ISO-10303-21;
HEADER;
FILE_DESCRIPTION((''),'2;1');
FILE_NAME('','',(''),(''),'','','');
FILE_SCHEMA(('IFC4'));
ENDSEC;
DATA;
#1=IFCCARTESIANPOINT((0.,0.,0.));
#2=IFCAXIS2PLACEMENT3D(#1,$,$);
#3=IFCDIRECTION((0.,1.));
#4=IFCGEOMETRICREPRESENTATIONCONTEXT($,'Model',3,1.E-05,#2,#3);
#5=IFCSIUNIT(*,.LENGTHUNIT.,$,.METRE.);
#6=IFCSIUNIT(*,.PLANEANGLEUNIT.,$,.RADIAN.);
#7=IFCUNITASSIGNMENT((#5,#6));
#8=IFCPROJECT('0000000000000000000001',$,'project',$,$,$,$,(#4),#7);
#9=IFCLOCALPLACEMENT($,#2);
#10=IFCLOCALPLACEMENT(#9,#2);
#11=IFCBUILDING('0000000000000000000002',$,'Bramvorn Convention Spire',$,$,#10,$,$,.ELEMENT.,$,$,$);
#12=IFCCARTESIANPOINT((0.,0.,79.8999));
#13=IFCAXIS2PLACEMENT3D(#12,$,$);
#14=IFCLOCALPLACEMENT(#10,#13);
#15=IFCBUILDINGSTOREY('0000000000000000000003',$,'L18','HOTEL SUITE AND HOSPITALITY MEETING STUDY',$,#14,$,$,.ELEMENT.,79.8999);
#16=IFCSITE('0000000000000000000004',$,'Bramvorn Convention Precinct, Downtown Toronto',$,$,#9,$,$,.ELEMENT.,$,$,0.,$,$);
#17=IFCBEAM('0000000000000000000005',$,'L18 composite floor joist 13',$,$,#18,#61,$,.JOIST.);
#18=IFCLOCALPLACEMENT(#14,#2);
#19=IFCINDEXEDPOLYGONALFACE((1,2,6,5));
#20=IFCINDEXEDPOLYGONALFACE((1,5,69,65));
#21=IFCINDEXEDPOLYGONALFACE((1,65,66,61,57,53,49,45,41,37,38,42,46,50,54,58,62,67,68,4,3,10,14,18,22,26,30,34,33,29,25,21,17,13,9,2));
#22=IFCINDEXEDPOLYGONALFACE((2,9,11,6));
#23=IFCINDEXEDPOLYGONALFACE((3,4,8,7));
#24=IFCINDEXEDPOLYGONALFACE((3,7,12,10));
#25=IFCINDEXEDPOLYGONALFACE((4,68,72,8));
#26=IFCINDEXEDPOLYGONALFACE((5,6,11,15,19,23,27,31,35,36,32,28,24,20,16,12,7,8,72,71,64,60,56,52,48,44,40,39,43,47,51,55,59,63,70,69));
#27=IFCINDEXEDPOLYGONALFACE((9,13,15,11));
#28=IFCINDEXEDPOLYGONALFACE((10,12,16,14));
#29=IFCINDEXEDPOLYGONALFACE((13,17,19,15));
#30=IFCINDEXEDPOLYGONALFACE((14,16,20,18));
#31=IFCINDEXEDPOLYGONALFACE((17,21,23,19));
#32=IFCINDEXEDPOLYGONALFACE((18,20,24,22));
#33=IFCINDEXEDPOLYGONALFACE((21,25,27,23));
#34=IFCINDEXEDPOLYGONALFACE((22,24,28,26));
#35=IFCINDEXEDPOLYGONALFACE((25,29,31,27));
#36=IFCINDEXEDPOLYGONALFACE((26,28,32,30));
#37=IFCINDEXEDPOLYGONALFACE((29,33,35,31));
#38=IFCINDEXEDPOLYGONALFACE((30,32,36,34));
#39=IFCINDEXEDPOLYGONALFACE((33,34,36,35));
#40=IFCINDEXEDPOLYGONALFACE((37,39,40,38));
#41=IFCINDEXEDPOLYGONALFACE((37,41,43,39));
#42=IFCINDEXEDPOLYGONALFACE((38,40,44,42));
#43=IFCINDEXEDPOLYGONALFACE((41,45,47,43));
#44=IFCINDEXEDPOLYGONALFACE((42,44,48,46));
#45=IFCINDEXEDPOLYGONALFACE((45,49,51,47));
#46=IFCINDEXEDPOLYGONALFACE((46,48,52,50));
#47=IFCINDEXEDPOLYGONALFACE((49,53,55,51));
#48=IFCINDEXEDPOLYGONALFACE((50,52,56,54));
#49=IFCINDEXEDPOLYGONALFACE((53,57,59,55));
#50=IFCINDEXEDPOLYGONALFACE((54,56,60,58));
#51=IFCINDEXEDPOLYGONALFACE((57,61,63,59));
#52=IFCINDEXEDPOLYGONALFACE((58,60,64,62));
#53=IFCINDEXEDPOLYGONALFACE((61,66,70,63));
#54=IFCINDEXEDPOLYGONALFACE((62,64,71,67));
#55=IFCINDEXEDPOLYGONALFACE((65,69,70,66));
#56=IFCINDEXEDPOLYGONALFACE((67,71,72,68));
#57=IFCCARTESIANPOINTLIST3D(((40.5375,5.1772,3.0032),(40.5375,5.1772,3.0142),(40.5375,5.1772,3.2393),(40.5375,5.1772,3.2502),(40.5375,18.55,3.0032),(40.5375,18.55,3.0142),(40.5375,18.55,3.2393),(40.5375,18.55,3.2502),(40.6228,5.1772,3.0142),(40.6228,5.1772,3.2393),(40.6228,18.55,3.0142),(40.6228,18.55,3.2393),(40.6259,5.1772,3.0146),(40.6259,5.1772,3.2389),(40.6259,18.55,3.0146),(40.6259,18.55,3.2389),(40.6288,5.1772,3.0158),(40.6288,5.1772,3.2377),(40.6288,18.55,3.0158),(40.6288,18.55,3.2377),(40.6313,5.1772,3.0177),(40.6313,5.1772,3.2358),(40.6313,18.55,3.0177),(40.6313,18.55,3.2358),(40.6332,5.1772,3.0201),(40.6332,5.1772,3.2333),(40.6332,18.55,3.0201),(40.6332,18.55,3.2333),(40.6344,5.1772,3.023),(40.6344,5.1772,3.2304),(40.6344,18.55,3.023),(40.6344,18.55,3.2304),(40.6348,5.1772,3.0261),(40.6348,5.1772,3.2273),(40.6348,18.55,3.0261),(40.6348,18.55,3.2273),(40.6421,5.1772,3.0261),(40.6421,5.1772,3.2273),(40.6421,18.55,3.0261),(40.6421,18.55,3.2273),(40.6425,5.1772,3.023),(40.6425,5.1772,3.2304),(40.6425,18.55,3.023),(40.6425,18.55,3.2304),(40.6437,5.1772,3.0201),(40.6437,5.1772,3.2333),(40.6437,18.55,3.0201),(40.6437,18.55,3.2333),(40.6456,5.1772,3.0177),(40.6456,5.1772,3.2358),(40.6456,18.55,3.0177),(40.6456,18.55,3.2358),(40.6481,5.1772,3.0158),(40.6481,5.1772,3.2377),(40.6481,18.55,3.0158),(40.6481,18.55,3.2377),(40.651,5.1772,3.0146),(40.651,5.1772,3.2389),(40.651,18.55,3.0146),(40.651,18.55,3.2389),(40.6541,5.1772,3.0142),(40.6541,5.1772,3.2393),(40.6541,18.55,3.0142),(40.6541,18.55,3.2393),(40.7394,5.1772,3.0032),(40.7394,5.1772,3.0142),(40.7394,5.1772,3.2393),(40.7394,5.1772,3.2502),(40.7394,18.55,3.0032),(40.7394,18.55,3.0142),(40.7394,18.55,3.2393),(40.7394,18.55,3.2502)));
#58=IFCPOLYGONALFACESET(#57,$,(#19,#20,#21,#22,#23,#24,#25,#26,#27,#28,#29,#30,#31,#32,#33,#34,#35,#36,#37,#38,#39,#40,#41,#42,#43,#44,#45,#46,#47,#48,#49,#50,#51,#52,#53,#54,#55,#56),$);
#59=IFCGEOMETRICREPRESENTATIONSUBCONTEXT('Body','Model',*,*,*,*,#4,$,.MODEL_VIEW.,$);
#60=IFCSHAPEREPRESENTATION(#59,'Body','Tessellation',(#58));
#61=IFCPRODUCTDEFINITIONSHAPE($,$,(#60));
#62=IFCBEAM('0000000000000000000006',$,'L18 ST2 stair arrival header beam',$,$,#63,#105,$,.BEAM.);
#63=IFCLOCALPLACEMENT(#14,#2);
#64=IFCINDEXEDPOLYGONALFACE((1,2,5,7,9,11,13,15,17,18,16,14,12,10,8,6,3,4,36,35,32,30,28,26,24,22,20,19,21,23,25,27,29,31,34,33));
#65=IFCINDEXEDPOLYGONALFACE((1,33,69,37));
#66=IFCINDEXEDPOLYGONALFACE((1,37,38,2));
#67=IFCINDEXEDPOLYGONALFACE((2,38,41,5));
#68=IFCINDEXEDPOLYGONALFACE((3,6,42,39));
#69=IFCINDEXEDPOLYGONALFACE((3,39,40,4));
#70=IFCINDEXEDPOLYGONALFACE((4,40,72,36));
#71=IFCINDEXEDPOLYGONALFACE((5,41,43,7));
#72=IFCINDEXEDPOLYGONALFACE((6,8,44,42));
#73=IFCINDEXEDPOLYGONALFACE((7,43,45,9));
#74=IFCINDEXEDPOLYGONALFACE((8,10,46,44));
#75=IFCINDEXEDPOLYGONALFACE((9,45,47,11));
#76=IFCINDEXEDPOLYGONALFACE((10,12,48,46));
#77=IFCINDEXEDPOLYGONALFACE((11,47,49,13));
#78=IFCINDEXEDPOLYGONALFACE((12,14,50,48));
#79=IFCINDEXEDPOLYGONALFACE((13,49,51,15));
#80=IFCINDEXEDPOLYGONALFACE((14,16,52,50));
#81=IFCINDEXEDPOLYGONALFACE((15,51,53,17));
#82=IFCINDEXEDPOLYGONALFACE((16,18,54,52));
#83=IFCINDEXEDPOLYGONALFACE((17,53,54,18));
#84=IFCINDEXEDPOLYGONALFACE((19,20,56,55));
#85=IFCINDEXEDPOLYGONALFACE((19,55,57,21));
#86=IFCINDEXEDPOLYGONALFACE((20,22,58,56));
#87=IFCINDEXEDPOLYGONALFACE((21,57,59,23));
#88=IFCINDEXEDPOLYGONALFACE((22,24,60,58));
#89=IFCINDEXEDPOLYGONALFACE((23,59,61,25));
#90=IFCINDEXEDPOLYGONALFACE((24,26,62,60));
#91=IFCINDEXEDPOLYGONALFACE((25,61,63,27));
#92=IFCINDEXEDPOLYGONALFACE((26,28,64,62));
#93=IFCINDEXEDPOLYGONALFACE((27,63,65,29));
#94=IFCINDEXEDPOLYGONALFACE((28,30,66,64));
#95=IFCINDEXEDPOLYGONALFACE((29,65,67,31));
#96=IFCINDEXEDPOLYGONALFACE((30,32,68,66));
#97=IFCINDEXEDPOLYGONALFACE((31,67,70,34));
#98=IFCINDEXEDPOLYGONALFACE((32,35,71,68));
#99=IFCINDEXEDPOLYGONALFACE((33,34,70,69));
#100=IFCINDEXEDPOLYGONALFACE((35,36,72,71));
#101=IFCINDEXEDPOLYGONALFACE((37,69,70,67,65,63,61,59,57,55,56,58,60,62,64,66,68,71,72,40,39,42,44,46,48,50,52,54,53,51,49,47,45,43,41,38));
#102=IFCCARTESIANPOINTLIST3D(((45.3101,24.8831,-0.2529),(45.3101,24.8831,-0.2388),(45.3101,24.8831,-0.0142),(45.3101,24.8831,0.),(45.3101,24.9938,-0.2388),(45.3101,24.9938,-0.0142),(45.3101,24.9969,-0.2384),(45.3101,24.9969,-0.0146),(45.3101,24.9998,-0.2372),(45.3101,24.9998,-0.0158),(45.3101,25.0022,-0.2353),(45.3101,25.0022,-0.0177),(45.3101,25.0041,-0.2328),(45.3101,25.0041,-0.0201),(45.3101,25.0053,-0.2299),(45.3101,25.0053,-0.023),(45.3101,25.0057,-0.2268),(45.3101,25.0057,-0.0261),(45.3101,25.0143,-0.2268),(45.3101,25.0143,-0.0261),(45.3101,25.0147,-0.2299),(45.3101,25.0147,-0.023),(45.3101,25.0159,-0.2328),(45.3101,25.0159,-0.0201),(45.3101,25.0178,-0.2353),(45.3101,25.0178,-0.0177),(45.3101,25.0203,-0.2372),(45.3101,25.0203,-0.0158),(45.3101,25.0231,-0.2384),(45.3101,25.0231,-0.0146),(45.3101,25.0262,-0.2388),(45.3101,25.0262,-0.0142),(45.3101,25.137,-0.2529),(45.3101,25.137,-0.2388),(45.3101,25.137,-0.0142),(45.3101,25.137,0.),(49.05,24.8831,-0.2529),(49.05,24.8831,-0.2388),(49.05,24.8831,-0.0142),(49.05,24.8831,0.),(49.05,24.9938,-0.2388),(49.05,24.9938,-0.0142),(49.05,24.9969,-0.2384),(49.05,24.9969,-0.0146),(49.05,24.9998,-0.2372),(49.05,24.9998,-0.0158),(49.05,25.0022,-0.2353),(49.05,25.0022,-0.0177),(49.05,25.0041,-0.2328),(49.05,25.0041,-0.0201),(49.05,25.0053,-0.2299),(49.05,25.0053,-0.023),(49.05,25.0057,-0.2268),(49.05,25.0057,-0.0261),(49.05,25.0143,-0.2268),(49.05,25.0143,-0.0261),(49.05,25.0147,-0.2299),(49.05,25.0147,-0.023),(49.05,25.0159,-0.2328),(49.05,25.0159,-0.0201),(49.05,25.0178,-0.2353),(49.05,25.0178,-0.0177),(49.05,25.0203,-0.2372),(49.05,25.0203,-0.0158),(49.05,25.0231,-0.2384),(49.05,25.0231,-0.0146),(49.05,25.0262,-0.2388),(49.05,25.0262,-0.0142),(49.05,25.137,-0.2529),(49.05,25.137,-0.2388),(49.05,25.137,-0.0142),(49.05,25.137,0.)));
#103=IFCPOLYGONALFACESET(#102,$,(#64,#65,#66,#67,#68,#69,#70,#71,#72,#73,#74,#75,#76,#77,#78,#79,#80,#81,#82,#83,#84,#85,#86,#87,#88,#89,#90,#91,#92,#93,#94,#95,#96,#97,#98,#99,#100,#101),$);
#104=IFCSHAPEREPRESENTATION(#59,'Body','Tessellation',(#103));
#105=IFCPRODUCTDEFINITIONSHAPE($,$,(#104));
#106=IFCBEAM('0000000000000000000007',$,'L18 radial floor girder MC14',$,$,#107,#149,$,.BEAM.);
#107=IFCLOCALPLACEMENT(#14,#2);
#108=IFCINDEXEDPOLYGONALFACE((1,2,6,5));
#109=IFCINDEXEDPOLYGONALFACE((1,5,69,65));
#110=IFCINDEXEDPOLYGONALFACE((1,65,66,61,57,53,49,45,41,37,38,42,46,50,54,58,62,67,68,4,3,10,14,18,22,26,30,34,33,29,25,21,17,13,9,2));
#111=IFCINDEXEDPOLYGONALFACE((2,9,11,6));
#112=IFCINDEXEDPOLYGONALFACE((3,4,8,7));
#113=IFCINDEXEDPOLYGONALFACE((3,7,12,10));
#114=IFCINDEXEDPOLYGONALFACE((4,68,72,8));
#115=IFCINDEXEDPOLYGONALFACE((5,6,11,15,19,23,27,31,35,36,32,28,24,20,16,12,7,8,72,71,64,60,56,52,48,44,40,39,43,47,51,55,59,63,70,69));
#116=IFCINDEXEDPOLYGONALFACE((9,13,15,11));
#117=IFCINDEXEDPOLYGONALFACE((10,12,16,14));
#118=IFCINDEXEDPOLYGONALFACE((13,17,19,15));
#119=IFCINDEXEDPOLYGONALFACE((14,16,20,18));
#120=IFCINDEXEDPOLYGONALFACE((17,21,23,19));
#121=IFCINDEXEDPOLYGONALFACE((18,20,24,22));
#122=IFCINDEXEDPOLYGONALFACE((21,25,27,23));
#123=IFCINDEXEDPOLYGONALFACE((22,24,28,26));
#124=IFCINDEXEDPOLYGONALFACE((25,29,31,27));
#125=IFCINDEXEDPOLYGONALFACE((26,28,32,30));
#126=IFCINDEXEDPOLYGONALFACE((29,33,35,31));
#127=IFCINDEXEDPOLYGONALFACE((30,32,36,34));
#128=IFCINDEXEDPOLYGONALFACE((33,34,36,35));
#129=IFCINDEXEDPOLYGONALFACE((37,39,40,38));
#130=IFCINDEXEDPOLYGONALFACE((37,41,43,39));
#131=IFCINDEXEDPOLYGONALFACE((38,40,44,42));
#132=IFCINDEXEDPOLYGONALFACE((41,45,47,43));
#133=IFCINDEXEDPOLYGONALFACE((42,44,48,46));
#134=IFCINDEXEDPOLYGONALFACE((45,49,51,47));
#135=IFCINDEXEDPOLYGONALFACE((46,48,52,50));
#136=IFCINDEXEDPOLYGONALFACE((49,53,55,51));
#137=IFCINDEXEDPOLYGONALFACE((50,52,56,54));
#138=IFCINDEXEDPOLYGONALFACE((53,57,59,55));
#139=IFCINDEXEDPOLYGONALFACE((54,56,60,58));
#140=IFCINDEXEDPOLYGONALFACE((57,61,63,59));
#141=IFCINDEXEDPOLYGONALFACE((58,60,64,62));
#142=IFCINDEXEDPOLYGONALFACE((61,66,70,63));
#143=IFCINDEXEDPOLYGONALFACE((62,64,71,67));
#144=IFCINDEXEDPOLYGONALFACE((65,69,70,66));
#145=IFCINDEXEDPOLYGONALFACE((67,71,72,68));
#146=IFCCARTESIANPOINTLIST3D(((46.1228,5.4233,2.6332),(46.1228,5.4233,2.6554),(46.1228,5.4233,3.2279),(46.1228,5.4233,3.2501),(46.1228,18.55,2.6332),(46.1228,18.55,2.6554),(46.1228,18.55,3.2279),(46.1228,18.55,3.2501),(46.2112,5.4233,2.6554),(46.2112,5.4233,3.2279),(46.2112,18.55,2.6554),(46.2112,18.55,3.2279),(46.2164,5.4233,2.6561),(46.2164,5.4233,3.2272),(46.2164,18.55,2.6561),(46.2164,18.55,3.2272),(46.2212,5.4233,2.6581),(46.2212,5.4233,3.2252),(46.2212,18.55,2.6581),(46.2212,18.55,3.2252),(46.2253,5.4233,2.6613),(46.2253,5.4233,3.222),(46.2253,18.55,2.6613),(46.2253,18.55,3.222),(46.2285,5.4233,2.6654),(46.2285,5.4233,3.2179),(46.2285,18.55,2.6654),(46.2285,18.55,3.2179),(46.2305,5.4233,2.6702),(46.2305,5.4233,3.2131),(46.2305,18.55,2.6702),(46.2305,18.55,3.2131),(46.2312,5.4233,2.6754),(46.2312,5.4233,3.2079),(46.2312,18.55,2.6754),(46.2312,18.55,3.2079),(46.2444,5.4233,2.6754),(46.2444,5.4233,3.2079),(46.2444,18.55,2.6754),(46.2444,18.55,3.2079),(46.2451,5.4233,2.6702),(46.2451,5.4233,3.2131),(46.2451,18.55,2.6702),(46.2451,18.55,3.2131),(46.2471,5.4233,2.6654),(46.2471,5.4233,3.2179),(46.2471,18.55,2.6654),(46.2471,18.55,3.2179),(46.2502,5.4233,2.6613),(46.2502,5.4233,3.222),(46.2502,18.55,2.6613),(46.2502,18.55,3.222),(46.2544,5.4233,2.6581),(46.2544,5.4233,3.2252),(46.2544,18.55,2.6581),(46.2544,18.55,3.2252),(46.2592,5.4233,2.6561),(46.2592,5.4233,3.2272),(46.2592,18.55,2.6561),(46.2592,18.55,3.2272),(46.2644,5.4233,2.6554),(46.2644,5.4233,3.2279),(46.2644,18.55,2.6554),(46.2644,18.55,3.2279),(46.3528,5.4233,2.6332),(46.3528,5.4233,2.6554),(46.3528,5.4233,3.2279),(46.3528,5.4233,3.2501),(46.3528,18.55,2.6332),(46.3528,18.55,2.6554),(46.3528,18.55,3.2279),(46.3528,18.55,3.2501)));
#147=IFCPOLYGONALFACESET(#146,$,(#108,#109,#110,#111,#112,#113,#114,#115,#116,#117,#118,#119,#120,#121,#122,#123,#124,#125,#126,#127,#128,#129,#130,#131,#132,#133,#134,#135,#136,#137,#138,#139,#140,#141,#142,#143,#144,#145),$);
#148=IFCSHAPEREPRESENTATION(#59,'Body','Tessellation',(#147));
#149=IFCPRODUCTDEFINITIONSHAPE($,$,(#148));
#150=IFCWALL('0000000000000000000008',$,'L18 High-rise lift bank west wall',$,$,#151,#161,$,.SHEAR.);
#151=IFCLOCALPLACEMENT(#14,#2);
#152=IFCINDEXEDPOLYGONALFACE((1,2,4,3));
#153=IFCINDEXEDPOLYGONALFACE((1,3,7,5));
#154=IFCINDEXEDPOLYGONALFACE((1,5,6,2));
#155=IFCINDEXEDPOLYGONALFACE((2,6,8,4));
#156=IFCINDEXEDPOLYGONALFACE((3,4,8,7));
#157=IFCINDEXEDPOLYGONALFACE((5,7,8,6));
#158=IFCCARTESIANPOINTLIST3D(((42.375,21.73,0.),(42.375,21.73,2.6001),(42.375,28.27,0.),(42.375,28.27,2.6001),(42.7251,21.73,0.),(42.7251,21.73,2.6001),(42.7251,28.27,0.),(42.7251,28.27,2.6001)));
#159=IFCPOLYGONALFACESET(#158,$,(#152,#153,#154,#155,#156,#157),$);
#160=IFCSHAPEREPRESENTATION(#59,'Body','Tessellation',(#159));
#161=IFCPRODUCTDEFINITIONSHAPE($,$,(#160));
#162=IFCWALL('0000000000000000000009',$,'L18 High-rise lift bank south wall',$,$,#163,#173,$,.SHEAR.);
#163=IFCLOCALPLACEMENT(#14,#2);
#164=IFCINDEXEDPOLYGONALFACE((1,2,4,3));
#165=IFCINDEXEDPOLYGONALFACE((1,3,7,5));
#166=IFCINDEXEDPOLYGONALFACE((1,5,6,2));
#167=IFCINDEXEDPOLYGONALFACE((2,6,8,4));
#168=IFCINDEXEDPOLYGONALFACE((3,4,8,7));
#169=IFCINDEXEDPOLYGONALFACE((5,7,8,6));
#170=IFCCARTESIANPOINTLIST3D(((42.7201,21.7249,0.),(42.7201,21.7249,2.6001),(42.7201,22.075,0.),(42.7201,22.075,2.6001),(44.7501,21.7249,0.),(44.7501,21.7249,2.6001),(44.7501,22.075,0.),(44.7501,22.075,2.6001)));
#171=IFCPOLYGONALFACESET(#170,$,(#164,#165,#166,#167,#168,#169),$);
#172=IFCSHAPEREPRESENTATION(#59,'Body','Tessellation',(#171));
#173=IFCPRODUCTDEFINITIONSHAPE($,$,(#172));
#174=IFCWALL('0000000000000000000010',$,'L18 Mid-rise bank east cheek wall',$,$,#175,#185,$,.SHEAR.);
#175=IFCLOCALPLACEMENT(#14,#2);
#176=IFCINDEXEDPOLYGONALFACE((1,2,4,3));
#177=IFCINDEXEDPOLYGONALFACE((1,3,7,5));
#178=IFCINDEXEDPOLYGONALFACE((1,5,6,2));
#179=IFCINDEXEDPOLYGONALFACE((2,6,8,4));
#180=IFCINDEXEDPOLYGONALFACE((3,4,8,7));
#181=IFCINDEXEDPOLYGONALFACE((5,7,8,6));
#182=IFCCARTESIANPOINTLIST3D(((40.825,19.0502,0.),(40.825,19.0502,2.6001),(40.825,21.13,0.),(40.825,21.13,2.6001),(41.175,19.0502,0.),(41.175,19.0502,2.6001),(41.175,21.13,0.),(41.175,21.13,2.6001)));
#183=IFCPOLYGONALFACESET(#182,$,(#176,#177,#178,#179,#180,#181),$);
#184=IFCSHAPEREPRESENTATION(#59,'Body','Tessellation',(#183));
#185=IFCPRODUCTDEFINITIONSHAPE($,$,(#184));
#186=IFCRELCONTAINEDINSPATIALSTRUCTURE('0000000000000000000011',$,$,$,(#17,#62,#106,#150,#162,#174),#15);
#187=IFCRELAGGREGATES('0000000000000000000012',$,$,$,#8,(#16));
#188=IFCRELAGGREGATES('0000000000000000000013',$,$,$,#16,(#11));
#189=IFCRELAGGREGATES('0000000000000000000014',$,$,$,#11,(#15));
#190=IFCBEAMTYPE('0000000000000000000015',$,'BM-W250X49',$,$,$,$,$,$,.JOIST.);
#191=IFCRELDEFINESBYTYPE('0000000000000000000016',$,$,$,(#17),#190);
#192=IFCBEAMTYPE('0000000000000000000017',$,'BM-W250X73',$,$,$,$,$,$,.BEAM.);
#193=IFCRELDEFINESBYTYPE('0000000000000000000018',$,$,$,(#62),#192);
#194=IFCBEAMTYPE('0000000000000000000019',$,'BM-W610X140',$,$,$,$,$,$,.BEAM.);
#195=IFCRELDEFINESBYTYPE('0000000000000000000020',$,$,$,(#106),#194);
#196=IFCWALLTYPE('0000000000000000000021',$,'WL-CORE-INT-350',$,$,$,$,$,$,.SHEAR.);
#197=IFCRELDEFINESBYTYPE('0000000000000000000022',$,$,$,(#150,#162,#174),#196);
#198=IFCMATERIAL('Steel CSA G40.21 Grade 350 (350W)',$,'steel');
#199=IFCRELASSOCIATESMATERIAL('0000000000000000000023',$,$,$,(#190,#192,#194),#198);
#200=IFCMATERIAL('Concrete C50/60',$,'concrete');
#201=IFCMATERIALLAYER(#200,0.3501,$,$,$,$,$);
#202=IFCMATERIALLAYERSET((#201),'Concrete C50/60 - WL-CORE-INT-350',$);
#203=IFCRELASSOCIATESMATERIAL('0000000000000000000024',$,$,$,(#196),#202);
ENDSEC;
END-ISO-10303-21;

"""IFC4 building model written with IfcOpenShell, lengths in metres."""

from ifc_helpers import new_model, si_unit, direction, frame, frame_2d, origin, origin_2d, place, context, subcontext, project, spatial, rectangle, i_section, extrude, material, layer, layer_set, material_profile, profile_set, type_object, element, save


model = new_model("IFC4")

# Units and contexts
model_context = context("Model", 3, precision=1e-05, world=origin(), true_north=direction((0.0, 1.0)))
body_context = subcontext(model_context, "Body", "Model", "MODEL_VIEW")
ifc_project = project(units=[si_unit("LENGTHUNIT", "METRE"), si_unit("PLANEANGLEUNIT", "RADIAN")], contexts=[model_context])

# Site, building, storey
site_placement = place(None, origin())
site = spatial("IfcSite", under=ifc_project, at=site_placement, Name="Bramvorn Convention Precinct, Downtown Toronto", CompositionType="ELEMENT", RefElevation=0.0)
building_placement = place(site_placement, origin())
building = spatial("IfcBuilding", under=site, at=building_placement, Name="Bramvorn Convention Spire", CompositionType="ELEMENT")
storey_placement = place(building_placement, frame((0.0, 0.0, 79.8999)))
storey = spatial("IfcBuildingStorey", under=building, at=storey_placement, Name="L18", Description="HOTEL SUITE AND HOSPITALITY MEETING STUDY", CompositionType="ELEMENT", Elevation=79.8999)

# Beams
ifc_material_1 = material(Name="Steel CSA G40.21 Grade 350 (350W)", Category="steel")
ifc_material_profile_1 = material_profile(ifc_material_1, i_section(OverallWidth=0.2019, OverallDepth=0.2471, WebThickness=0.0073, FlangeThickness=0.011, FilletRadius=0.012, at=origin_2d()))
ifc_profile_set_1 = profile_set([ifc_material_profile_1], Name="Steel CSA G40.21 Grade 350 (350W) - W250X49")
beam_type_1 = type_object("IfcBeamType", Name="BM-W250X49", PredefinedType="JOIST", material=ifc_profile_set_1)
beam_1_placement = place(storey_placement, frame((40.6384, 18.55, 3.1267), z_axis=(0.0, -1.0, 0.0), x_axis=(1.0, 0.0, 0.0)))
element("IfcBeam", 1, at=beam_1_placement, inside=storey, type_object=beam_type_1, Name="L18 composite floor joist 13", PredefinedType="JOIST", context=body_context, shape_type="SweptSolid", body=[
    extrude(i_section(OverallWidth=0.2019, OverallDepth=0.2471, WebThickness=0.0073, FlangeThickness=0.011, FilletRadius=0.012, at=origin_2d()), origin(), (0.0, 0.0, 1.0), 13.3728),
])
ifc_material_profile_2 = material_profile(ifc_material_1, i_section(OverallWidth=0.2539, OverallDepth=0.2529, WebThickness=0.0085, FlangeThickness=0.0142, FilletRadius=0.012, at=origin_2d()))
ifc_profile_set_2 = profile_set([ifc_material_profile_2], Name="Steel CSA G40.21 Grade 350 (350W) - W250X73")
beam_type_2 = type_object("IfcBeamType", Name="BM-W250X73", PredefinedType="BEAM", material=ifc_profile_set_2)
beam_2_placement = place(storey_placement, frame((45.3101, 25.01, -0.1265), z_axis=(1.0, 0.0, 0.0), x_axis=(0.0, 1.0, 0.0)))
element("IfcBeam", 2, at=beam_2_placement, inside=storey, type_object=beam_type_2, Name="L18 ST2 stair arrival header beam", PredefinedType="BEAM", context=body_context, shape_type="SweptSolid", body=[
    extrude(i_section(OverallWidth=0.2539, OverallDepth=0.2529, WebThickness=0.0085, FlangeThickness=0.0142, FilletRadius=0.012, at=origin_2d()), origin(), (0.0, 0.0, 1.0), 3.74),
])
ifc_material_profile_3 = material_profile(ifc_material_1, i_section(OverallWidth=0.23, OverallDepth=0.6169, WebThickness=0.0132, FlangeThickness=0.0222, FilletRadius=0.02, at=origin_2d()))
ifc_profile_set_3 = profile_set([ifc_material_profile_3], Name="Steel CSA G40.21 Grade 350 (350W) - W610X140")
beam_type_3 = type_object("IfcBeamType", Name="BM-W610X140", PredefinedType="BEAM", material=ifc_profile_set_3)
beam_3_placement = place(storey_placement, frame((46.2378, 18.55, 2.9417), z_axis=(0.0, -1.0, 0.0), x_axis=(1.0, 0.0, 0.0)))
element("IfcBeam", 3, at=beam_3_placement, inside=storey, type_object=beam_type_3, Name="L18 radial floor girder MC14", PredefinedType="BEAM", context=body_context, shape_type="SweptSolid", body=[
    extrude(i_section(OverallWidth=0.23, OverallDepth=0.6169, WebThickness=0.0132, FlangeThickness=0.0222, FilletRadius=0.02, at=origin_2d()), origin(), (0.0, 0.0, 1.0), 13.1267),
])

# Walls
ifc_material_2 = material(Name="Concrete C50/60", Category="concrete")
ifc_layer_1 = layer(ifc_material_2, 0.3501)
ifc_layer_set_1 = layer_set([ifc_layer_1], Name="Concrete C50/60 - WL-CORE-INT-350")
wall_type_1 = type_object("IfcWallType", Name="WL-CORE-INT-350", PredefinedType="SHEAR", material=ifc_layer_set_1)
wall_1_placement = place(storey_placement, frame((42.55, 21.73, 0.0), z_axis=(0.0, 0.0, 1.0), x_axis=(0.0, 1.0, 0.0)))
element("IfcWall", 4, at=wall_1_placement, inside=storey, type_object=wall_type_1, Name="L18 High-rise lift bank west wall", PredefinedType="SHEAR", context=body_context, shape_type="SweptSolid", body=[
    extrude(rectangle(XDim=6.54, YDim=0.3501, at=frame_2d((3.27, 0.0))), origin(), (0.0, 0.0, 1.0), 2.6001),
])
wall_2_placement = place(storey_placement, frame((42.72, 21.8999, 0.0), z_axis=(0.0, 0.0, 1.0), x_axis=(1.0, 0.0, 0.0)))
element("IfcWall", 5, at=wall_2_placement, inside=storey, type_object=wall_type_1, Name="L18 High-rise lift bank south wall", PredefinedType="SHEAR", context=body_context, shape_type="SweptSolid", body=[
    extrude(rectangle(XDim=2.03, YDim=0.3501, at=frame_2d((1.0151, 0.0))), origin(), (0.0, 0.0, 1.0), 2.6001),
])
wall_3_placement = place(storey_placement, frame((41.0, 19.05, 0.0), z_axis=(0.0, 0.0, 1.0), x_axis=(0.0, 1.0, 0.0)))
element("IfcWall", 6, at=wall_3_placement, inside=storey, type_object=wall_type_1, Name="L18 Mid-rise bank east cheek wall", PredefinedType="SHEAR", context=body_context, shape_type="SweptSolid", body=[
    extrude(rectangle(XDim=2.0798, YDim=0.3501, at=frame_2d((1.04, 0.0))), origin(), (0.0, 0.0, 1.0), 2.6001),
])

save(model, "model.ifc")
